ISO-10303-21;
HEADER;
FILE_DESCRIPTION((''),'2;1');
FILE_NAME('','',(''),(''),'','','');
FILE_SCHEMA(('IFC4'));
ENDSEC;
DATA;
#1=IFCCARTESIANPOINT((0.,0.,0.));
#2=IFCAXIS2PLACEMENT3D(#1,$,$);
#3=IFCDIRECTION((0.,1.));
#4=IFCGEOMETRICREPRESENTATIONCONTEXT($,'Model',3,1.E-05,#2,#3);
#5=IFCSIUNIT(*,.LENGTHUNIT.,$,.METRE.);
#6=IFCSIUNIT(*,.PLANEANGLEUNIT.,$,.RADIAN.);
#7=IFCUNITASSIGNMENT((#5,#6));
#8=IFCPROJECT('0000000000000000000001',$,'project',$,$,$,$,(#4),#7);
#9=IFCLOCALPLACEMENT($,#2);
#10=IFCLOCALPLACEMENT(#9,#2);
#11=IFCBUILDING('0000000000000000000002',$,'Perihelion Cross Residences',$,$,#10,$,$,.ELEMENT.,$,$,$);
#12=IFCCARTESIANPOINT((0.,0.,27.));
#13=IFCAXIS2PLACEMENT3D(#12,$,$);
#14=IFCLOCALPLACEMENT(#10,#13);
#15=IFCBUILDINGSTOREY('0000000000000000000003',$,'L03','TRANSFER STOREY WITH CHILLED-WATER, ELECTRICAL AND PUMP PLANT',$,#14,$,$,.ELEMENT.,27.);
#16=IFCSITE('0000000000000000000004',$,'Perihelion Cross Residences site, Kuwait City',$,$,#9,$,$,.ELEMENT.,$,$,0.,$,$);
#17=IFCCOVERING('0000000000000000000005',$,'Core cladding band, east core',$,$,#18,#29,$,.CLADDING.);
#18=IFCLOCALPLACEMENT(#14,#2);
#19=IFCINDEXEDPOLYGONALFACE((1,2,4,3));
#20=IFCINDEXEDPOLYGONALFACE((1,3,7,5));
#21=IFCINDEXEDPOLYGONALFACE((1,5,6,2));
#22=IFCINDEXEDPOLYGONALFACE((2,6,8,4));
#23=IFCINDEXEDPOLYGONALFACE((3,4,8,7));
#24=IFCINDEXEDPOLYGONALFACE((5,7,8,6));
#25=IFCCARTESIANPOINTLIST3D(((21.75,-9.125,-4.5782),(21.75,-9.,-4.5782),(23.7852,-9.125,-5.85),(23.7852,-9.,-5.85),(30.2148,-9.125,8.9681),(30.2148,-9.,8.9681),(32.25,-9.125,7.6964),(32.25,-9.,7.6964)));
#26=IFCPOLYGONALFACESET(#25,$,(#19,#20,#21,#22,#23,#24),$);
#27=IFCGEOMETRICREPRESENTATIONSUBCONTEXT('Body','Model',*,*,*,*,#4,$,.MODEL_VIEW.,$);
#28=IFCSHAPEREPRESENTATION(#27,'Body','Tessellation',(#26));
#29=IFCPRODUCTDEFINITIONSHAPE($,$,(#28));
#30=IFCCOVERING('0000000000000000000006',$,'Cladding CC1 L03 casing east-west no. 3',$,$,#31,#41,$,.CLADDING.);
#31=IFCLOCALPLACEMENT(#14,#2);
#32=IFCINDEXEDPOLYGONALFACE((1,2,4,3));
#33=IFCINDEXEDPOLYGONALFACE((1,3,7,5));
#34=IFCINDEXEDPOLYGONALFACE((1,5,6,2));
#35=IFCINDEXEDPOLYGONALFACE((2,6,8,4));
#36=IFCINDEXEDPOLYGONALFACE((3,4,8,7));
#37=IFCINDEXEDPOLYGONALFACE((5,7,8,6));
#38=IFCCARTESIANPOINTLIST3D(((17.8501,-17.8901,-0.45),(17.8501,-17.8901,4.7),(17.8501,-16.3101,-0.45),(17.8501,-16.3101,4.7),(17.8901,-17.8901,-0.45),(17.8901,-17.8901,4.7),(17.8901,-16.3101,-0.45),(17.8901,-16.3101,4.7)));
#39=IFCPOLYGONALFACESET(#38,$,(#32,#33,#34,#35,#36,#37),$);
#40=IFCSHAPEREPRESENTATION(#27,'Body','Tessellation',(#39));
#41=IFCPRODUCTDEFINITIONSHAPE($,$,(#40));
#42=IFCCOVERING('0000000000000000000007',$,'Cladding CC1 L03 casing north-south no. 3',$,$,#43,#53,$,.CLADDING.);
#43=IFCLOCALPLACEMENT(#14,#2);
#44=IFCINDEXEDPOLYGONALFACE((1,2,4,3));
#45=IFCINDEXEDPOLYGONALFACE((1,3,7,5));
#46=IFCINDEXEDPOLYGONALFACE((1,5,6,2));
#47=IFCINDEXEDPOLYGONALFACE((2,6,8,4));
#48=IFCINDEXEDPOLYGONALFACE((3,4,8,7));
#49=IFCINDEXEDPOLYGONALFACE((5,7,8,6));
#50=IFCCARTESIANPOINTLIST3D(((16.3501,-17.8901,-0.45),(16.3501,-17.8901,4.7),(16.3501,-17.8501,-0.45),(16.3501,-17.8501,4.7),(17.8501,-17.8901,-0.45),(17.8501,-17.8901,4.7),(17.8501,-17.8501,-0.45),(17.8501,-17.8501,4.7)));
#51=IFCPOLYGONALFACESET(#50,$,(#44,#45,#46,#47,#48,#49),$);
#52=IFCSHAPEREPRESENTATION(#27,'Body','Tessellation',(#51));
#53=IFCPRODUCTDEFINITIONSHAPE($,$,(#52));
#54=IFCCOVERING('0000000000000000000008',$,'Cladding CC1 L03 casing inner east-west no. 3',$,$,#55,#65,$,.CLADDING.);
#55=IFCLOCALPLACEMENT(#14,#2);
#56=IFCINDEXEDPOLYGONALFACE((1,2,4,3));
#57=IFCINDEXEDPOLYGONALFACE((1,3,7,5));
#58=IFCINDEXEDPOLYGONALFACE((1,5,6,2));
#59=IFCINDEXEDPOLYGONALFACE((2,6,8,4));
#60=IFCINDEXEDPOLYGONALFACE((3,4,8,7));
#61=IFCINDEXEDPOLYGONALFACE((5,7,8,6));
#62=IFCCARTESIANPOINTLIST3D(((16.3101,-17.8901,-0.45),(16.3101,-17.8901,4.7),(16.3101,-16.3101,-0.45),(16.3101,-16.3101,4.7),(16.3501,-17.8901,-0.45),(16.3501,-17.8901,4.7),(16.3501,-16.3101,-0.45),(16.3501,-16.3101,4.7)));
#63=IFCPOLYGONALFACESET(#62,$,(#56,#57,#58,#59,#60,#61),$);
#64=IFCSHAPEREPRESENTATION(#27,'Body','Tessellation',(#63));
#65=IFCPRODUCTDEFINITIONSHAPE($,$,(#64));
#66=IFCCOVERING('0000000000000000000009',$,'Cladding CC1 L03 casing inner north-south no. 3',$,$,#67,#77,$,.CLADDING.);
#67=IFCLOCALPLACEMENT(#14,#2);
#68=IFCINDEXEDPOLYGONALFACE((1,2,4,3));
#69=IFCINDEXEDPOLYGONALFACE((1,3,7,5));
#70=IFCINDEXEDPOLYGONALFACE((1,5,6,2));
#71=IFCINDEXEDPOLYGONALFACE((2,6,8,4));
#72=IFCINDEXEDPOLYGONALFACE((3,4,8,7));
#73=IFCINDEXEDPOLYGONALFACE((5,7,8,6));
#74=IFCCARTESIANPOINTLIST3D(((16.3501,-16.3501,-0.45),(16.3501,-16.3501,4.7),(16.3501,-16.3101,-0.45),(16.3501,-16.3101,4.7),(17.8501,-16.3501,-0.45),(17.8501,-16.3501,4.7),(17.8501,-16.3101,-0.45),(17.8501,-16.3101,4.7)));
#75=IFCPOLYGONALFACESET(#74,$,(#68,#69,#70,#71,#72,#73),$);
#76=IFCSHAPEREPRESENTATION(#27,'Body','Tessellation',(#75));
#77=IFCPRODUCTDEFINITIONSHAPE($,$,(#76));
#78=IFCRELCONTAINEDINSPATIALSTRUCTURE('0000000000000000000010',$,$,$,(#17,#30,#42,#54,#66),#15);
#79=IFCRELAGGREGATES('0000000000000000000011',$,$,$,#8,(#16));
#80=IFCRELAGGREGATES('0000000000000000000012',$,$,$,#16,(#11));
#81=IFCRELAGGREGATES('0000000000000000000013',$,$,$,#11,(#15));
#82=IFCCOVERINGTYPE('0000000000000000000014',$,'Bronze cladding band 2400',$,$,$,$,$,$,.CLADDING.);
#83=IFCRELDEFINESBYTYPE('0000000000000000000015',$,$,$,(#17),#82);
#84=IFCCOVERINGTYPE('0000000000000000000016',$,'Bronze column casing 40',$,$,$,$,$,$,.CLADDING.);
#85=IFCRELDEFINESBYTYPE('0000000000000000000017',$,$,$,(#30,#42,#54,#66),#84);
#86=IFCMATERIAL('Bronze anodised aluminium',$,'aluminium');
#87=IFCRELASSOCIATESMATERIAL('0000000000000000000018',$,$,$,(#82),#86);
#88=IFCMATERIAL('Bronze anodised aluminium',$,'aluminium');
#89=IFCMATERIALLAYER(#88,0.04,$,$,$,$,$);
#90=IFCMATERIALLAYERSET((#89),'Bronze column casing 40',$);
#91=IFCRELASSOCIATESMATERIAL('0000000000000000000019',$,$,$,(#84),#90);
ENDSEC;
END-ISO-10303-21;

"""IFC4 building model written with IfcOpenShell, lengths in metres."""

from ifc_helpers import new_model, si_unit, direction, frame, origin, origin_2d, place, context, subcontext, project, spatial, rectangle, extrude, material, layer, layer_set, material_profile, profile_set, type_object, element, save


model = new_model("IFC4")

# Units and contexts
model_context = context("Model", 3, precision=1e-05, world=origin(), true_north=direction((0.0, 1.0)))
body_context = subcontext(model_context, "Body", "Model", "MODEL_VIEW")
ifc_project = project(units=[si_unit("LENGTHUNIT", "METRE"), si_unit("PLANEANGLEUNIT", "RADIAN")], contexts=[model_context])

# Site, building, storey
site_placement = place(None, origin())
site = spatial("IfcSite", under=ifc_project, at=site_placement, Name="Perihelion Cross Residences site, Kuwait City", CompositionType="ELEMENT", RefElevation=0.0)
building_placement = place(site_placement, origin())
building = spatial("IfcBuilding", under=site, at=building_placement, Name="Perihelion Cross Residences", CompositionType="ELEMENT")
storey_placement = place(building_placement, frame((0.0, 0.0, 27.0)))
storey = spatial("IfcBuildingStorey", under=building, at=storey_placement, Name="L03", Description="TRANSFER STOREY WITH CHILLED-WATER, ELECTRICAL AND PUMP PLANT", CompositionType="ELEMENT", Elevation=27.0)

# Coverings
ifc_material_1 = material(Name="Bronze anodised aluminium", Category="aluminium")
ifc_material_profile_1 = material_profile(ifc_material_1, rectangle(XDim=0.125, YDim=2.3999, at=origin_2d()), Name="Bronze cladding band 2400")
ifc_profile_set_1 = profile_set([ifc_material_profile_1], Name="Bronze anodised aluminium")
covering_type_1 = type_object("IfcCoveringType", Name="Bronze cladding band 2400", PredefinedType="CLADDING", material=ifc_profile_set_1)
covering_1_placement = place(storey_placement, frame((22.7676, -9.0625, -5.2141), z_axis=(0.529925, 0.0, 0.848045), x_axis=(0.0, 1.0, 0.0)))
element("IfcCovering", 1, at=covering_1_placement, inside=storey, type_object=covering_type_1, Name="Core cladding band, east core", PredefinedType="CLADDING", context=body_context, shape_type="SweptSolid", body=[
    extrude(rectangle(XDim=0.125, YDim=2.3999, at=origin_2d()), origin(), (0.0, 0.0, 1.0), 15.9736),
])
ifc_material_2 = material(Name="Bronze anodised aluminium", Category="aluminium")
ifc_layer_1 = layer(ifc_material_2, 0.04)
ifc_layer_set_1 = layer_set([ifc_layer_1], Name="Bronze column casing 40")
covering_type_2 = type_object("IfcCoveringType", Name="Bronze column casing 40", PredefinedType="CLADDING", material=ifc_layer_set_1)
covering_2_placement = place(storey_placement, frame((17.8701, -17.1001, -0.45), z_axis=(0.0, 0.0, 1.0), x_axis=(1.0, 0.0, 0.0)))
element("IfcCovering", 2, at=covering_2_placement, inside=storey, type_object=covering_type_2, Name="Cladding CC1 L03 casing east-west no. 3", PredefinedType="CLADDING", context=body_context, shape_type="SweptSolid", body=[
    extrude(rectangle(XDim=0.04, YDim=1.5801, at=origin_2d()), origin(), (0.0, 0.0, 1.0), 5.1499),
])
covering_3_placement = place(storey_placement, frame((17.1001, -17.8701, -0.45), z_axis=(0.0, 0.0, 1.0), x_axis=(1.0, 0.0, 0.0)))
element("IfcCovering", 3, at=covering_3_placement, inside=storey, type_object=covering_type_2, Name="Cladding CC1 L03 casing north-south no. 3", PredefinedType="CLADDING", context=body_context, shape_type="SweptSolid", body=[
    extrude(rectangle(XDim=1.5, YDim=0.04, at=origin_2d()), origin(), (0.0, 0.0, 1.0), 5.1499),
])
covering_4_placement = place(storey_placement, frame((16.3301, -17.1001, -0.45), z_axis=(0.0, 0.0, 1.0), x_axis=(1.0, 0.0, 0.0)))
element("IfcCovering", 4, at=covering_4_placement, inside=storey, type_object=covering_type_2, Name="Cladding CC1 L03 casing inner east-west no. 3", PredefinedType="CLADDING", context=body_context, shape_type="SweptSolid", body=[
    extrude(rectangle(XDim=0.04, YDim=1.5801, at=origin_2d()), origin(), (0.0, 0.0, 1.0), 5.1499),
])
covering_5_placement = place(storey_placement, frame((17.1001, -16.3301, -0.45), z_axis=(0.0, 0.0, 1.0), x_axis=(1.0, 0.0, 0.0)))
element("IfcCovering", 5, at=covering_5_placement, inside=storey, type_object=covering_type_2, Name="Cladding CC1 L03 casing inner north-south no. 3", PredefinedType="CLADDING", context=body_context, shape_type="SweptSolid", body=[
    extrude(rectangle(XDim=1.5, YDim=0.04, at=origin_2d()), origin(), (0.0, 0.0, 1.0), 5.1499),
])

save(model, "model.ifc")
